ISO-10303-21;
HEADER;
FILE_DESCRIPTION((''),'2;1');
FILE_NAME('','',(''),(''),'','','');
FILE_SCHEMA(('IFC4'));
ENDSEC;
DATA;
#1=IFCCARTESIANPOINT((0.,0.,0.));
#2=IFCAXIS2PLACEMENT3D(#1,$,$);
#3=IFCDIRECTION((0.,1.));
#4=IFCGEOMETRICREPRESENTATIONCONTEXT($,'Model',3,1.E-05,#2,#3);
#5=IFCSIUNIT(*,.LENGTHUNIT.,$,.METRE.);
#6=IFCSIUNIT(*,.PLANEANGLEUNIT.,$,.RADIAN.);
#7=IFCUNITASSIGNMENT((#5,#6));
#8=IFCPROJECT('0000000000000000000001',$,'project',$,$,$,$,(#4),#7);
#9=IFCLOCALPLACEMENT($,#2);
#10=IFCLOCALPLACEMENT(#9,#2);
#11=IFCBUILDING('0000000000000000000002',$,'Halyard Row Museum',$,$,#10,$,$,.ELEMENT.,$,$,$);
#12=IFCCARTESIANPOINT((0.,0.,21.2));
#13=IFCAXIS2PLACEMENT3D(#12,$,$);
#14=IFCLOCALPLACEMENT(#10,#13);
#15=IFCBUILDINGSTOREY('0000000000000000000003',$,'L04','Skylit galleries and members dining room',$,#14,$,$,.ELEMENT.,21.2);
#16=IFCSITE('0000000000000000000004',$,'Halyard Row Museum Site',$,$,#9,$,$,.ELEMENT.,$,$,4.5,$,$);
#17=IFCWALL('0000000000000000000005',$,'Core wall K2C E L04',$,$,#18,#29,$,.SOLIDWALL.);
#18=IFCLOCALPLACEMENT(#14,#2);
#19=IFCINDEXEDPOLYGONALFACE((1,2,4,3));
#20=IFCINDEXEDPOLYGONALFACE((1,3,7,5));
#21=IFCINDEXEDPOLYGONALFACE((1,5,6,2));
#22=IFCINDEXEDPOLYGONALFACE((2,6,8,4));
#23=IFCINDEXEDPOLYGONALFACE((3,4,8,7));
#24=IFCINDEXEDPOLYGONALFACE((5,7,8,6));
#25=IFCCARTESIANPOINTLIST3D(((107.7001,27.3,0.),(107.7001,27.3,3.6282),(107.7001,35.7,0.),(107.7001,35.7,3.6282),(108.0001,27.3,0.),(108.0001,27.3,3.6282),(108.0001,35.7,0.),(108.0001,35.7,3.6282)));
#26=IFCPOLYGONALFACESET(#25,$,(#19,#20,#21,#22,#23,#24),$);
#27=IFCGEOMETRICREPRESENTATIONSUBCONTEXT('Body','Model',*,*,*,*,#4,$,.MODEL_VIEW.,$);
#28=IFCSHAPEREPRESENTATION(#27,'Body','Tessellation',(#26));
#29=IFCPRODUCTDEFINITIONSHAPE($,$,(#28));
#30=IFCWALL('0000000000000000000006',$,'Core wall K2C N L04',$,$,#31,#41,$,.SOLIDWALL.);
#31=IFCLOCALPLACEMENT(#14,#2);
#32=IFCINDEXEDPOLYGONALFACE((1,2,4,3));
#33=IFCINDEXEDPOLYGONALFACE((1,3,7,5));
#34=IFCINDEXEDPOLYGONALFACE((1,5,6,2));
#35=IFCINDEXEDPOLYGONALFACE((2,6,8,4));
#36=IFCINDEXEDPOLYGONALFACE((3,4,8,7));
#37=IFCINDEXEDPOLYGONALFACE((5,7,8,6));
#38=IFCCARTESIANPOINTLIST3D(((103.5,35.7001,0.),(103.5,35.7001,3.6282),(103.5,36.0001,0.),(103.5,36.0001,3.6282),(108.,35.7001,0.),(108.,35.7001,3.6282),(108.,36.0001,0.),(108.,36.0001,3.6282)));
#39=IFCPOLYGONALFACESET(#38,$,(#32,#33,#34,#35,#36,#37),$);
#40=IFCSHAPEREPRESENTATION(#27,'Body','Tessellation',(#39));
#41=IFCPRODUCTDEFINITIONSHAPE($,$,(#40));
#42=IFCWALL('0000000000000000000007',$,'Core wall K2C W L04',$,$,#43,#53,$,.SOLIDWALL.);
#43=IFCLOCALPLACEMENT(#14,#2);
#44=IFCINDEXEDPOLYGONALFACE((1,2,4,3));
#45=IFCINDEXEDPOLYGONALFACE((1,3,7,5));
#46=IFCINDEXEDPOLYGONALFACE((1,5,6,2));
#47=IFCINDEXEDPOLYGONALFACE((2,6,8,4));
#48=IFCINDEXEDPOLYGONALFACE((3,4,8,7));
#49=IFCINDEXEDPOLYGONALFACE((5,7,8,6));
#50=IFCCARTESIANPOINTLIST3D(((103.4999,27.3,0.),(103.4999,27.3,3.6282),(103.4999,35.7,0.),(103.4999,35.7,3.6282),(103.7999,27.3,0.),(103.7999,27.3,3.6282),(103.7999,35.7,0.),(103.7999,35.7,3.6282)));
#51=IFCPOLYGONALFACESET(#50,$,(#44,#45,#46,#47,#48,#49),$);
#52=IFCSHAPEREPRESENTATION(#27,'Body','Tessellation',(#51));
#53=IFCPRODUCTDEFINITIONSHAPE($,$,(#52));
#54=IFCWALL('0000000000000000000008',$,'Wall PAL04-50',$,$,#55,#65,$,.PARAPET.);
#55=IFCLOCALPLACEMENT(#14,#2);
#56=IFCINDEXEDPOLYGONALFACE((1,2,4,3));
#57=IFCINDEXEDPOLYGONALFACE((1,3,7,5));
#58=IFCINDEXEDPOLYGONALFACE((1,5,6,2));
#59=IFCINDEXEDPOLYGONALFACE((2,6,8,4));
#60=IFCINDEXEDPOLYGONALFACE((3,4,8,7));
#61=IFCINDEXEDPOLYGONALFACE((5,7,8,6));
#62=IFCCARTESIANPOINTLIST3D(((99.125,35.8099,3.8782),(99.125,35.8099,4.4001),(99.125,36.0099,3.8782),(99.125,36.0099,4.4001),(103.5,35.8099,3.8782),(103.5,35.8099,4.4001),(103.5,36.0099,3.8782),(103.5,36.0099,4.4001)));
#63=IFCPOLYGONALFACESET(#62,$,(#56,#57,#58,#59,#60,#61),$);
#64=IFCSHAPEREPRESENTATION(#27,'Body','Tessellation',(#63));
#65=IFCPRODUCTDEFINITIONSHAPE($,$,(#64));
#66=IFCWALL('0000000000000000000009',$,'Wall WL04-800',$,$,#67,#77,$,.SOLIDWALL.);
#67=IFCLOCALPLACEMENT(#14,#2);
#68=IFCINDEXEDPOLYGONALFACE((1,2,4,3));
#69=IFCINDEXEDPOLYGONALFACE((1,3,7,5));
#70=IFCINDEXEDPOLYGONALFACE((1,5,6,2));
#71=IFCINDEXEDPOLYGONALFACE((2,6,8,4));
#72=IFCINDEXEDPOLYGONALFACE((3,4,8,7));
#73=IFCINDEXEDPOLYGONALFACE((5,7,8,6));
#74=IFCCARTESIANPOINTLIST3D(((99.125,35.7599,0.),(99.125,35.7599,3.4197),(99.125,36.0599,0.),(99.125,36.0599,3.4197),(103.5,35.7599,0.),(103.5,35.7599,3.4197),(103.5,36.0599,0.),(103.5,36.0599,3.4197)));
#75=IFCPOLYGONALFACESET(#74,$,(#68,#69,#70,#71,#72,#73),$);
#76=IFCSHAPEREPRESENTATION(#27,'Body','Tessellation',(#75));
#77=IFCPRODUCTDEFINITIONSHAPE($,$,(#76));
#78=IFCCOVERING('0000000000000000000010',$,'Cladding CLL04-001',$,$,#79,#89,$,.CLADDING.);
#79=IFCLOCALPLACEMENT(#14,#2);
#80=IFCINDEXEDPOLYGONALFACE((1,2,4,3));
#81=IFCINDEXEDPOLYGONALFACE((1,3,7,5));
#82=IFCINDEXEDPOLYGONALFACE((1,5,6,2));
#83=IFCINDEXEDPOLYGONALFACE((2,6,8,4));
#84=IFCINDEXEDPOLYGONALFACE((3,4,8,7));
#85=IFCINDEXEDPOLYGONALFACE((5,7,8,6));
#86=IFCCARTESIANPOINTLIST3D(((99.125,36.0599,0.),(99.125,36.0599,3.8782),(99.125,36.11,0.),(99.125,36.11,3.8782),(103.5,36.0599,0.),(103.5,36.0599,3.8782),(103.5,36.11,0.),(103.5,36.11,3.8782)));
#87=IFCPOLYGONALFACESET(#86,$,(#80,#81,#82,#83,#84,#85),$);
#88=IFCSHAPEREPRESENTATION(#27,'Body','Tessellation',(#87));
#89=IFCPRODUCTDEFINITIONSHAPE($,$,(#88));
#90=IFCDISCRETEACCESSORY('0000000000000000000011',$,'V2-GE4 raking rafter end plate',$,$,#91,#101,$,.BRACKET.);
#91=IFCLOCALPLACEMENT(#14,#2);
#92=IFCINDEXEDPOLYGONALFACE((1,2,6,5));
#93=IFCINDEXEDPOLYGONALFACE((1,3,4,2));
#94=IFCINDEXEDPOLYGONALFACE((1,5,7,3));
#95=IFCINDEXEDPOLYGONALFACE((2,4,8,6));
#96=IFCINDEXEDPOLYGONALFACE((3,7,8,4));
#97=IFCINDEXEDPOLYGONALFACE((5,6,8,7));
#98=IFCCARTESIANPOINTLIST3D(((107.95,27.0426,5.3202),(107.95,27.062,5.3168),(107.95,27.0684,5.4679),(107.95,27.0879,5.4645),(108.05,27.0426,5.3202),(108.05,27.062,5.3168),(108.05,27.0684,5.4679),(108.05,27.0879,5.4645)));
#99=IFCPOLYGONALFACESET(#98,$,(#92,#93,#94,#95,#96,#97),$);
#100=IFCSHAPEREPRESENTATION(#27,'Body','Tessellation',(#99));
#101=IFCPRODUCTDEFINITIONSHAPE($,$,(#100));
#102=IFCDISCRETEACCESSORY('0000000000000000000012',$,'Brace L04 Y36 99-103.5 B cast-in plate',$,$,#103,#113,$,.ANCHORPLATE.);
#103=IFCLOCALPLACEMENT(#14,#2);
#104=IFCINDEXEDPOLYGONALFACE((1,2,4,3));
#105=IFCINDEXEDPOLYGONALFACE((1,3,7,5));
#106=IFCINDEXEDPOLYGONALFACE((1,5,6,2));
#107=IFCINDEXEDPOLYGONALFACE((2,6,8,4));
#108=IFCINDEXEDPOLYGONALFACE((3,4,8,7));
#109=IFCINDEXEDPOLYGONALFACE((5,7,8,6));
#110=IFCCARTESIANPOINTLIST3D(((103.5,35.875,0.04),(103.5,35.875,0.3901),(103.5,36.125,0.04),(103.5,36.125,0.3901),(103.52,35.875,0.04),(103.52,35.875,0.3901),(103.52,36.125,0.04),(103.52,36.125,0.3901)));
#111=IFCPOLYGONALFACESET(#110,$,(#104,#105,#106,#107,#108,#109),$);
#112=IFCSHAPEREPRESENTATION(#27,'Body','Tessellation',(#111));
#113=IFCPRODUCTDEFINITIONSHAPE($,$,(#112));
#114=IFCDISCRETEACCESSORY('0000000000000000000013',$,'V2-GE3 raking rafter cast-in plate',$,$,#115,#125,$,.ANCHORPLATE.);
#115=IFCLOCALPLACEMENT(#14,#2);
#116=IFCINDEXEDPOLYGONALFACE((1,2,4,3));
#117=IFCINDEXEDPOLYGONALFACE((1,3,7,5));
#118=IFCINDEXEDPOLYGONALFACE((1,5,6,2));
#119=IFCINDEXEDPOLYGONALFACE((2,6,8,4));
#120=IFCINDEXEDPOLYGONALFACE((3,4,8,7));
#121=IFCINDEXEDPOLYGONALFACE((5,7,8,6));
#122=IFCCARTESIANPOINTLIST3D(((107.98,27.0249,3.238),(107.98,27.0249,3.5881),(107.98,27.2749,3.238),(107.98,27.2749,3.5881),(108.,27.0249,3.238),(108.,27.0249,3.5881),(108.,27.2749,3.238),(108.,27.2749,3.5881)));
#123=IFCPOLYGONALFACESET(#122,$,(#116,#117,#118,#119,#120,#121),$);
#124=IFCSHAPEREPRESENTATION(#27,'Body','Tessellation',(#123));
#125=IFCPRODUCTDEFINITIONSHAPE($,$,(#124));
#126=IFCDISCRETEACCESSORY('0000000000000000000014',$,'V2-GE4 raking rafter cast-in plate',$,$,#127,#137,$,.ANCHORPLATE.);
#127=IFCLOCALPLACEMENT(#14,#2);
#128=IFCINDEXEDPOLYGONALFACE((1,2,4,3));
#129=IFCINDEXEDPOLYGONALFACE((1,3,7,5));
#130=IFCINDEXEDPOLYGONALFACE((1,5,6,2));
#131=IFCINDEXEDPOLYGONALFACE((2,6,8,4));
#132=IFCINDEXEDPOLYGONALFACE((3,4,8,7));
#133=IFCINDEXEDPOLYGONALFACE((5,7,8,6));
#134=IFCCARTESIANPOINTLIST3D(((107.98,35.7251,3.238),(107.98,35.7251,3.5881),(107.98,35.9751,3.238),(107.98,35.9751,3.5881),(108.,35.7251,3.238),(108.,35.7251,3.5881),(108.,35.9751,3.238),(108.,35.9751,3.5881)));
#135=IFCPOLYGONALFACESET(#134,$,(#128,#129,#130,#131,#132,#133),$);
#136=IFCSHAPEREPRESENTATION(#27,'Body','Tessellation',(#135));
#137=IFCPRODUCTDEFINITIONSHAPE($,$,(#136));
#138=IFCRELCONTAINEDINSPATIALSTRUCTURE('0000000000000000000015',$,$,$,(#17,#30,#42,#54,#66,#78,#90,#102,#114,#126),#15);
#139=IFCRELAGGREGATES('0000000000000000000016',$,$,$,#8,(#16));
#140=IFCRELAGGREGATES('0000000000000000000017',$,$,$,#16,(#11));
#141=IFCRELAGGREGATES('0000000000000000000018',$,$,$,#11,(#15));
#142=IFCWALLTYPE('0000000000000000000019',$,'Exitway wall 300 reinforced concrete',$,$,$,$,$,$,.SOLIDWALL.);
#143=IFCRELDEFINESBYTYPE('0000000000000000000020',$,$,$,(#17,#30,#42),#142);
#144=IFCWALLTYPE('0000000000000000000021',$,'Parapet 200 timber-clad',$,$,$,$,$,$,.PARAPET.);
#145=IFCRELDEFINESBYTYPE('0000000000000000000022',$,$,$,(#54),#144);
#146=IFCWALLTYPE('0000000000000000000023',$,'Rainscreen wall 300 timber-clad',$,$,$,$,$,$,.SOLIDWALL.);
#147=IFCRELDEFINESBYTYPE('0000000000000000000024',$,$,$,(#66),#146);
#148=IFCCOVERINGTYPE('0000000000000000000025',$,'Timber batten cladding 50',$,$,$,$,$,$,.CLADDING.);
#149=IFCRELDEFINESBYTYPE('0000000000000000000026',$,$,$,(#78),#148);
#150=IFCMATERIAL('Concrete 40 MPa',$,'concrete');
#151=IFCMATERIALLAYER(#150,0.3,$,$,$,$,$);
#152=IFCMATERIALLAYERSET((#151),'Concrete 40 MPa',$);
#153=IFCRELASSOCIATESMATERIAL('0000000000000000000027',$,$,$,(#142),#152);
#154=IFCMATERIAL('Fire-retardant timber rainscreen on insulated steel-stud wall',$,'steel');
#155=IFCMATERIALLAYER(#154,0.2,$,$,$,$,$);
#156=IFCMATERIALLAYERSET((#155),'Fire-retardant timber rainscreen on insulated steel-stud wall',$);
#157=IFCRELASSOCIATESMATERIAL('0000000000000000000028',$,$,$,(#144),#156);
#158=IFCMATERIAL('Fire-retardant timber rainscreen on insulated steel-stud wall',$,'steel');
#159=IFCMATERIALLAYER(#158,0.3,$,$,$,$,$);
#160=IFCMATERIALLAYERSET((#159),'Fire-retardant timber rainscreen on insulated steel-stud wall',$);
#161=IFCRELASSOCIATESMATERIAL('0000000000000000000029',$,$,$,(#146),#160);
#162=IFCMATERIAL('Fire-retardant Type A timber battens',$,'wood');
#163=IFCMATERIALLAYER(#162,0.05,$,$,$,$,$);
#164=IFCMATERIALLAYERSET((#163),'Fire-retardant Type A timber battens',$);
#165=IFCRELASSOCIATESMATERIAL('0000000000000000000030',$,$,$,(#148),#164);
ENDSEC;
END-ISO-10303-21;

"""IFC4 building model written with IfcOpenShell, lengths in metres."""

from ifc_helpers import new_model, si_unit, direction, frame, frame_2d, origin, origin_2d, place, context, subcontext, project, spatial, rectangle, extrude, material, layer, layer_set, type_object, element, save


model = new_model("IFC4")

# Units and contexts
model_context = context("Model", 3, precision=1e-05, world=origin(), true_north=direction((0.0, 1.0)))
body_context = subcontext(model_context, "Body", "Model", "MODEL_VIEW")
ifc_project = project(units=[si_unit("LENGTHUNIT", "METRE"), si_unit("PLANEANGLEUNIT", "RADIAN")], contexts=[model_context])

# Site, building, storey
site_placement = place(None, origin())
site = spatial("IfcSite", under=ifc_project, at=site_placement, Name="Halyard Row Museum Site", CompositionType="ELEMENT", RefElevation=4.5)
building_placement = place(site_placement, origin())
building = spatial("IfcBuilding", under=site, at=building_placement, Name="Halyard Row Museum", CompositionType="ELEMENT")
storey_placement = place(building_placement, frame((0.0, 0.0, 21.2)))
storey = spatial("IfcBuildingStorey", under=building, at=storey_placement, Name="L04", Description="Skylit galleries and members dining room", CompositionType="ELEMENT", Elevation=21.2)

# Shared definitions
ifc_material_1 = material(Name="Concrete 40 MPa", Category="concrete")
ifc_layer_1 = layer(ifc_material_1, 0.3)
ifc_layer_set_1 = layer_set([ifc_layer_1], Name="Concrete 40 MPa")
wall_type_1 = type_object("IfcWallType", Name="Exitway wall 300 reinforced concrete", PredefinedType="SOLIDWALL", material=ifc_layer_set_1)

# Walls
wall_1_placement = place(storey_placement, frame((107.8501, 27.3, 0.0), z_axis=(0.0, 0.0, 1.0), x_axis=(0.0, 1.0, 0.0)))
element("IfcWall", 1, at=wall_1_placement, inside=storey, type_object=wall_type_1, Name="Core wall K2C E L04", PredefinedType="SOLIDWALL", context=body_context, shape_type="SweptSolid", body=[
    extrude(rectangle(XDim=8.3999, YDim=0.3, at=frame_2d((4.2, 0.0))), origin(), (0.0, 0.0, 1.0), 3.6282),
])
wall_2_placement = place(storey_placement, frame((103.5, 35.8501, 0.0), z_axis=(0.0, 0.0, 1.0), x_axis=(1.0, 0.0, 0.0)))
element("IfcWall", 2, at=wall_2_placement, inside=storey, type_object=wall_type_1, Name="Core wall K2C N L04", PredefinedType="SOLIDWALL", context=body_context, shape_type="SweptSolid", body=[
    extrude(rectangle(XDim=4.5, YDim=0.3, at=frame_2d((2.25, 0.0))), origin(), (0.0, 0.0, 1.0), 3.6282),
])
wall_3_placement = place(storey_placement, frame((103.6499, 27.3, 0.0), z_axis=(0.0, 0.0, 1.0), x_axis=(0.0, 1.0, 0.0)))
element("IfcWall", 3, at=wall_3_placement, inside=storey, type_object=wall_type_1, Name="Core wall K2C W L04", PredefinedType="SOLIDWALL", context=body_context, shape_type="SweptSolid", body=[
    extrude(rectangle(XDim=8.3999, YDim=0.3, at=frame_2d((4.2, 0.0))), origin(), (0.0, 0.0, 1.0), 3.6282),
])
ifc_material_2 = material(Name="Fire-retardant timber rainscreen on insulated steel-stud wall", Category="steel")
ifc_layer_2 = layer(ifc_material_2, 0.2)
ifc_layer_set_2 = layer_set([ifc_layer_2], Name="Fire-retardant timber rainscreen on insulated steel-stud wall")
wall_type_2 = type_object("IfcWallType", Name="Parapet 200 timber-clad", PredefinedType="PARAPET", material=ifc_layer_set_2)
wall_4_placement = place(storey_placement, frame((99.125, 35.9099, 3.8782), z_axis=(0.0, 0.0, 1.0), x_axis=(1.0, 0.0, 0.0)))
element("IfcWall", 4, at=wall_4_placement, inside=storey, type_object=wall_type_2, Name="Wall PAL04-50", PredefinedType="PARAPET", context=body_context, shape_type="SweptSolid", body=[
    extrude(rectangle(XDim=4.375, YDim=0.2, at=frame_2d((2.1875, 0.0))), origin(), (0.0, 0.0, 1.0), 0.522),
])
ifc_material_3 = material(Name="Fire-retardant timber rainscreen on insulated steel-stud wall", Category="steel")
ifc_layer_3 = layer(ifc_material_3, 0.3)
ifc_layer_set_3 = layer_set([ifc_layer_3], Name="Fire-retardant timber rainscreen on insulated steel-stud wall")
wall_type_3 = type_object("IfcWallType", Name="Rainscreen wall 300 timber-clad", PredefinedType="SOLIDWALL", material=ifc_layer_set_3)
wall_5_placement = place(storey_placement, frame((99.125, 35.9099, 0.0), z_axis=(0.0, 0.0, 1.0), x_axis=(1.0, 0.0, 0.0)))
element("IfcWall", 5, at=wall_5_placement, inside=storey, type_object=wall_type_3, Name="Wall WL04-800", PredefinedType="SOLIDWALL", context=body_context, shape_type="SweptSolid", body=[
    extrude(rectangle(XDim=4.375, YDim=0.3, at=frame_2d((2.1875, 0.0))), origin(), (0.0, 0.0, 1.0), 3.4197),
])

# Covering
ifc_material_4 = material(Name="Fire-retardant Type A timber battens", Category="wood")
ifc_layer_4 = layer(ifc_material_4, 0.05)
ifc_layer_set_4 = layer_set([ifc_layer_4], Name="Fire-retardant Type A timber battens")
covering_type = type_object("IfcCoveringType", Name="Timber batten cladding 50", PredefinedType="CLADDING", material=ifc_layer_set_4)
covering_placement = place(storey_placement, frame((103.5, 36.085, 0.0), z_axis=(0.0, 0.0, 1.0), x_axis=(-1.0, 0.0, 0.0)))
element("IfcCovering", 6, at=covering_placement, inside=storey, type_object=covering_type, Name="Cladding CLL04-001", PredefinedType="CLADDING", context=body_context, shape_type="SweptSolid", body=[
    extrude(rectangle(XDim=4.375, YDim=0.05, at=frame_2d((2.1875, 0.0))), origin(), (0.0, 0.0, 1.0), 3.8782),
])

# Discrete accessories
discrete_accessory_placement = place(storey_placement, frame((108.0, 27.075, 5.3906), z_axis=(0.0, -0.98503, 0.17238), x_axis=(1.0, 0.0, 0.0)))
element("IfcDiscreteAccessory", 7, at=discrete_accessory_placement, inside=storey, Name="V2-GE4 raking rafter end plate", PredefinedType="BRACKET", context=body_context, shape_type="SweptSolid", body=[
    extrude(rectangle(XDim=0.1001, YDim=0.1499, at=origin_2d()), origin(), (0.0, 0.0, 1.0), 0.0198),
])
for number, where, z_axis, x_axis, name in (
    (8, (103.5, 36.0, 0.2151), (1.0, 0.0, 0.0), (0.0, 1.0, 0.0), "Brace L04 Y36 99-103.5 B cast-in plate"),
    (9, (108.0, 27.1499, 3.4131), (-1.0, 0.0, 0.0), (0.0, -1.0, 0.0), "V2-GE3 raking rafter cast-in plate"),
    (10, (108.0, 35.8501, 3.4131), (-1.0, 0.0, 0.0), (0.0, -1.0, 0.0), "V2-GE4 raking rafter cast-in plate"),
):
    element("IfcDiscreteAccessory", number, at=place(storey_placement, frame(where, z_axis=z_axis, x_axis=x_axis)), inside=storey, Name=name, PredefinedType="ANCHORPLATE", context=body_context, shape_type="SweptSolid", body=[
        extrude(rectangle(XDim=0.25, YDim=0.3501, at=origin_2d()), origin(), (0.0, 0.0, 1.0), 0.02),
    ])

save(model, "model.ifc")
